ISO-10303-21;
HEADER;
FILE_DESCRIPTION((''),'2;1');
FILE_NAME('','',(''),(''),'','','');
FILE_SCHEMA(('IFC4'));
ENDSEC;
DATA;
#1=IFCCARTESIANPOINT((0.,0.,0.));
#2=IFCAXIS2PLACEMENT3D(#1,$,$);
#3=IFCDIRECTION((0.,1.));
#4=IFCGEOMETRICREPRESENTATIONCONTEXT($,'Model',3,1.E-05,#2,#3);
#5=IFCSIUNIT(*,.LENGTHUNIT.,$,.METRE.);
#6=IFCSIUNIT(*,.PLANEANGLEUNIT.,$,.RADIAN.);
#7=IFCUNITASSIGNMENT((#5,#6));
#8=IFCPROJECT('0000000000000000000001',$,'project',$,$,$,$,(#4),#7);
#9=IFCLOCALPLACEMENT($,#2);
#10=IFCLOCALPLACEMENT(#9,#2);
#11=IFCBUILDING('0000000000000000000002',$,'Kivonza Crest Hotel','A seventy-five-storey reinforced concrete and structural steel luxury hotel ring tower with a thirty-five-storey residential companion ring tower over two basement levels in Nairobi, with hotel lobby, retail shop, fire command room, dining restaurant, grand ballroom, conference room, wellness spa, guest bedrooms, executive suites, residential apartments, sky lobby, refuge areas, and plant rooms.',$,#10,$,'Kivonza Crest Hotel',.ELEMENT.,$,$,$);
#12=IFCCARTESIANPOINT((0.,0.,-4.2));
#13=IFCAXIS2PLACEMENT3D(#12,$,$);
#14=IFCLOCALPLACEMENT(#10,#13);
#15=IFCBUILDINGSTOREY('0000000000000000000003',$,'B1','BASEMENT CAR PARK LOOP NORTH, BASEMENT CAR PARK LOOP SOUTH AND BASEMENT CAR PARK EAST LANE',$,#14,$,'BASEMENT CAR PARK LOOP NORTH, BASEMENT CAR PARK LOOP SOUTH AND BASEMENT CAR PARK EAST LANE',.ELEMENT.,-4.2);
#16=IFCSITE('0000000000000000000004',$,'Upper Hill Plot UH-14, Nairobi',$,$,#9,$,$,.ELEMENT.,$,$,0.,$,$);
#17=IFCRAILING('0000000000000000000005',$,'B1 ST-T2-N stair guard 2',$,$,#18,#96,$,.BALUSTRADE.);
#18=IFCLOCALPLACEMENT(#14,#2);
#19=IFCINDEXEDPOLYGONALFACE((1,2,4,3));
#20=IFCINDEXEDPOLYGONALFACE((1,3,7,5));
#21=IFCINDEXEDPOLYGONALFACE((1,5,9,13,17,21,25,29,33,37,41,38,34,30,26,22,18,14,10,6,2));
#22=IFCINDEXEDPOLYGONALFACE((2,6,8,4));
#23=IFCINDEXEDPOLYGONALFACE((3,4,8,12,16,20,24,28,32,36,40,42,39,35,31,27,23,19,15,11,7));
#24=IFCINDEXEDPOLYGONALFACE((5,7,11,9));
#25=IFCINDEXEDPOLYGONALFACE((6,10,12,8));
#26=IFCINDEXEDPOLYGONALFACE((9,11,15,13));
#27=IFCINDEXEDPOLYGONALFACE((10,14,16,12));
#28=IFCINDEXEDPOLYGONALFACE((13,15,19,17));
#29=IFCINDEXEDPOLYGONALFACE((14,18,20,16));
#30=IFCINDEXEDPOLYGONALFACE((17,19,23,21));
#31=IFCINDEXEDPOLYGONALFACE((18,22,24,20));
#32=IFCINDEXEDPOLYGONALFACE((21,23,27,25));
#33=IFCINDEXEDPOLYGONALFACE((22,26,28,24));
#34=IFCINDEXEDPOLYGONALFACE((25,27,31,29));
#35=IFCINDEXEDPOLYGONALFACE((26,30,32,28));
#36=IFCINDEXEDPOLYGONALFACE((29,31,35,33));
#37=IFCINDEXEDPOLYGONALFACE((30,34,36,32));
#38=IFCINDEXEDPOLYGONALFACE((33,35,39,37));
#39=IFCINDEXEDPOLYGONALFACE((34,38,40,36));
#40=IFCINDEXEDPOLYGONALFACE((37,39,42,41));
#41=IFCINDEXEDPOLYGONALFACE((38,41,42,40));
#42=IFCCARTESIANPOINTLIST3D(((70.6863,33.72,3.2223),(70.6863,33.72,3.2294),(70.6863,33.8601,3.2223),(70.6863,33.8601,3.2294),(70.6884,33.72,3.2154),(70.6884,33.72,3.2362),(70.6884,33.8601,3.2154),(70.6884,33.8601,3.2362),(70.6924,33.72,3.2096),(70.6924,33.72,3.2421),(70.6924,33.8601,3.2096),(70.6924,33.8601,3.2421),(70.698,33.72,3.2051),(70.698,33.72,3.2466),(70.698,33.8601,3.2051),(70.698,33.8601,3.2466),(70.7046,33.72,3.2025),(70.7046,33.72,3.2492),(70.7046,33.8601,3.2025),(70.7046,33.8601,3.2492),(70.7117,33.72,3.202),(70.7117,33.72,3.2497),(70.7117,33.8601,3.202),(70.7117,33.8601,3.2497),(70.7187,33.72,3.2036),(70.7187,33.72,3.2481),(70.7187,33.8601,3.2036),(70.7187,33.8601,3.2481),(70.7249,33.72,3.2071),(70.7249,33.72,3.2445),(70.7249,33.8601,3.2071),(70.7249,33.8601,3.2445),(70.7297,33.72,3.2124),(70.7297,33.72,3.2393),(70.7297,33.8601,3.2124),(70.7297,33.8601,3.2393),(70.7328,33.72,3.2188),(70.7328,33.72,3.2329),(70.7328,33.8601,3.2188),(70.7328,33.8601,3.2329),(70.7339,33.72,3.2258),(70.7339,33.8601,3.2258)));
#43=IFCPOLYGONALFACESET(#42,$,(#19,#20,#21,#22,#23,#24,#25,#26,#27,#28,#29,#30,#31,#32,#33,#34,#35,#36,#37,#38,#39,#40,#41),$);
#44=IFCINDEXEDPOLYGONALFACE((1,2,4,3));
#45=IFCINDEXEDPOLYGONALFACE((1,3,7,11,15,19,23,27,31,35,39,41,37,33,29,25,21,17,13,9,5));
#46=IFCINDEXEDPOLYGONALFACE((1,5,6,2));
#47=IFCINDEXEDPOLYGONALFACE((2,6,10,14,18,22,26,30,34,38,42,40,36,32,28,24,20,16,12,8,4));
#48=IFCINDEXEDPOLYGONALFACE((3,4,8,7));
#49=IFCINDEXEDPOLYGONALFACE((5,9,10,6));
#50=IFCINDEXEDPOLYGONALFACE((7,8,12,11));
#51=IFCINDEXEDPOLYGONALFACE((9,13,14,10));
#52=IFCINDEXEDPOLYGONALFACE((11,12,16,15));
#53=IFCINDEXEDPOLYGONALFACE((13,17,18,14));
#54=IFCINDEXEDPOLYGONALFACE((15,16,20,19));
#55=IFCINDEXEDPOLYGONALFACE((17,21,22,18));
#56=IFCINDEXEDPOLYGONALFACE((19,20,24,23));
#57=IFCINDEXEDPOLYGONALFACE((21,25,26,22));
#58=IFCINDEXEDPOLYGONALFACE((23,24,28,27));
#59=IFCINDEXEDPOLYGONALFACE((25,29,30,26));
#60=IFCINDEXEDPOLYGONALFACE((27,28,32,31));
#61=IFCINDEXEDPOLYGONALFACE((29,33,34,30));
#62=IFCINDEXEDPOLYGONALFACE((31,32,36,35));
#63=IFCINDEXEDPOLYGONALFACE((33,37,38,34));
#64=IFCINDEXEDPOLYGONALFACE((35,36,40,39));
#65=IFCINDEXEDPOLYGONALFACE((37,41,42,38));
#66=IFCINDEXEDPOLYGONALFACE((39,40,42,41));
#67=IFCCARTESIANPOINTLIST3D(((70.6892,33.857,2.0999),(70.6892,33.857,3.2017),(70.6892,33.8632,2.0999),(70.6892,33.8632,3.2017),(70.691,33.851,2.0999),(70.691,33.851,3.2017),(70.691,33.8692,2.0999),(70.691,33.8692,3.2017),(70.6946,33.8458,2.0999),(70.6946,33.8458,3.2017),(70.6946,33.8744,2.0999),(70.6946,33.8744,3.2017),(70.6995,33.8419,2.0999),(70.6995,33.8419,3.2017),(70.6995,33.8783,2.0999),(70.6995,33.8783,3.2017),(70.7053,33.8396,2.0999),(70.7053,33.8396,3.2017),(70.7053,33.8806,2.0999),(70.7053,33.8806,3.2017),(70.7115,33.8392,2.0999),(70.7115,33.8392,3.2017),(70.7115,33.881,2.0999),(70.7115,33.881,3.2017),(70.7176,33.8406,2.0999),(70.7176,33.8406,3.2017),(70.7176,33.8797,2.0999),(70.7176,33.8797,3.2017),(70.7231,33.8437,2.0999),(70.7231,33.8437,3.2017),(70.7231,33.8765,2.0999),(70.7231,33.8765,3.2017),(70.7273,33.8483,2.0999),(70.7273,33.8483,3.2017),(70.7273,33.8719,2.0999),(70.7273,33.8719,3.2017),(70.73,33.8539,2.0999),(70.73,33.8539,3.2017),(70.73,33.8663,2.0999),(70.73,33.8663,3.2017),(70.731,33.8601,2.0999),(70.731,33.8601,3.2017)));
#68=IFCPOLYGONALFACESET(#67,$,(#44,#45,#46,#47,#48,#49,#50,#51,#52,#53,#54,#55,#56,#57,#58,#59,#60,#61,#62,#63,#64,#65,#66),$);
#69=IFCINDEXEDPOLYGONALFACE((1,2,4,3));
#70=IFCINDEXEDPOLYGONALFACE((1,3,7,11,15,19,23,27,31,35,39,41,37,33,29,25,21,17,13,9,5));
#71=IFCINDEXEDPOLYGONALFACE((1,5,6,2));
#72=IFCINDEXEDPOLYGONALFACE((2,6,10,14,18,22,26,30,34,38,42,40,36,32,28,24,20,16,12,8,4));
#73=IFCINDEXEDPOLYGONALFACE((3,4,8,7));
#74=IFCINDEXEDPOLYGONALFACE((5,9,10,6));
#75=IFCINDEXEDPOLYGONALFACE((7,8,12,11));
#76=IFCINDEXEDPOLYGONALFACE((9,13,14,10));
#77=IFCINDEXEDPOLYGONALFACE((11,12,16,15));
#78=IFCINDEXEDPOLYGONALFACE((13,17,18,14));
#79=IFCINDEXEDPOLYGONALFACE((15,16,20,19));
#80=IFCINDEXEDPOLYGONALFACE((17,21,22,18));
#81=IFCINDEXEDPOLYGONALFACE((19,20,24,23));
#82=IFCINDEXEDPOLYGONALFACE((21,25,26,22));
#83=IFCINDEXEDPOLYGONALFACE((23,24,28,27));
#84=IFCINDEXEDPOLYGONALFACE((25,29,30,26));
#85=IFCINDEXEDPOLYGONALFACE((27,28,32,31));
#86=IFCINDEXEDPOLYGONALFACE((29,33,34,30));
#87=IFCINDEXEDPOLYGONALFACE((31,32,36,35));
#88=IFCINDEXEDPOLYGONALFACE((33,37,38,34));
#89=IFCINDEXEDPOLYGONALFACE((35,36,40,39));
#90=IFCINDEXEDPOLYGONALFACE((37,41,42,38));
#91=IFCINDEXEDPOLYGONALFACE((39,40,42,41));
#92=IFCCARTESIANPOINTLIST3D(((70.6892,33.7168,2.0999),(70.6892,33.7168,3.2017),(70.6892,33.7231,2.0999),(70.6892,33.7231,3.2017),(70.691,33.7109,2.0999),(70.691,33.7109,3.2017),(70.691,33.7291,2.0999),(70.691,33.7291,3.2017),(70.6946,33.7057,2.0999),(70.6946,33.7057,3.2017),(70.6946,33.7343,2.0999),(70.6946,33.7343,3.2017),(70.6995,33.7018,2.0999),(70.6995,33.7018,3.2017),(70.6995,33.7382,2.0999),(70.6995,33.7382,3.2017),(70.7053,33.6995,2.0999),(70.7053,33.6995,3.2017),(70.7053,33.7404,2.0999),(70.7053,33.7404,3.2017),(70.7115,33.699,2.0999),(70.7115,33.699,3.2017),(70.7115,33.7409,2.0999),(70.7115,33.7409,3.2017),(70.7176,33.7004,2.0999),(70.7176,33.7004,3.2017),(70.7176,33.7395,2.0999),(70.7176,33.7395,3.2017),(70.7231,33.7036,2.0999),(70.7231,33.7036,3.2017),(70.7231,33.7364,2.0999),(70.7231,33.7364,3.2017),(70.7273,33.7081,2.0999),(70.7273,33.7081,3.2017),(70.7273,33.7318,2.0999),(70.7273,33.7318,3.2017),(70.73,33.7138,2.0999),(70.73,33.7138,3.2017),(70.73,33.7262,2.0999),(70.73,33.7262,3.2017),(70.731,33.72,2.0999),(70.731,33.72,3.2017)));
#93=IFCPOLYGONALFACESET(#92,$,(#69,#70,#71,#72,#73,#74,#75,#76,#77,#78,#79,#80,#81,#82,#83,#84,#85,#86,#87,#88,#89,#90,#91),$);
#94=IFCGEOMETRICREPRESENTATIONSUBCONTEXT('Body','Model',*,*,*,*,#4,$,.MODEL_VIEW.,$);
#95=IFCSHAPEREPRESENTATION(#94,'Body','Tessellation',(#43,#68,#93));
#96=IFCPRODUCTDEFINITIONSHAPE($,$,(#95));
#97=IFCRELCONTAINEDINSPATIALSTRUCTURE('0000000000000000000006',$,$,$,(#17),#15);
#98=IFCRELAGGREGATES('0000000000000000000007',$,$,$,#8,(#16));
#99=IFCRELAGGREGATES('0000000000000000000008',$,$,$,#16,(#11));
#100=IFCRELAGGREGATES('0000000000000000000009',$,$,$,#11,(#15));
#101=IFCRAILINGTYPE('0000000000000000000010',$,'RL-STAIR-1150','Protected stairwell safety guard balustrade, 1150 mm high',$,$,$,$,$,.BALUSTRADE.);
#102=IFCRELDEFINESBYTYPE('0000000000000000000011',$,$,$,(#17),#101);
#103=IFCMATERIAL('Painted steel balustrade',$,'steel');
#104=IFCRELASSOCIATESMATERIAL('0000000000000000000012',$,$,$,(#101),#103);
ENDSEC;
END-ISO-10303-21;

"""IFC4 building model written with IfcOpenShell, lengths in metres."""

from ifc_helpers import new_model, si_unit, direction, frame, origin, origin_2d, place, context, subcontext, project, spatial, circle, extrude, material, type_object, element, save


model = new_model("IFC4")

# Units and contexts
model_context = context("Model", 3, precision=1e-05, world=origin(), true_north=direction((0.0, 1.0)))
body_context = subcontext(model_context, "Body", "Model", "MODEL_VIEW")
ifc_project = project(units=[si_unit("LENGTHUNIT", "METRE"), si_unit("PLANEANGLEUNIT", "RADIAN")], contexts=[model_context])

# Site, building, storey
site_placement = place(None, origin())
site = spatial("IfcSite", under=ifc_project, at=site_placement, Name="Upper Hill Plot UH-14, Nairobi", CompositionType="ELEMENT", RefElevation=0.0)
building_placement = place(site_placement, origin())
building = spatial("IfcBuilding", under=site, at=building_placement, Name="Kivonza Crest Hotel", Description="A seventy-five-storey reinforced concrete and structural steel luxury hotel ring tower with a thirty-five-storey residential companion ring tower over two basement levels in Nairobi, with hotel lobby, retail shop, fire command room, dining restaurant, grand ballroom, conference room, wellness spa, guest bedrooms, executive suites, residential apartments, sky lobby, refuge areas, and plant rooms.", LongName="Kivonza Crest Hotel", CompositionType="ELEMENT")
storey_placement = place(building_placement, frame((0.0, 0.0, -4.2)))
storey = spatial("IfcBuildingStorey", under=building, at=storey_placement, Name="B1", Description="BASEMENT CAR PARK LOOP NORTH, BASEMENT CAR PARK LOOP SOUTH AND BASEMENT CAR PARK EAST LANE", LongName="BASEMENT CAR PARK LOOP NORTH, BASEMENT CAR PARK LOOP SOUTH AND BASEMENT CAR PARK EAST LANE", CompositionType="ELEMENT", Elevation=-4.2)

# Railing
ifc_material_1 = material(Name="Painted steel balustrade", Category="steel")
railing_type_1 = type_object("IfcRailingType", Name="RL-STAIR-1150", Description="Protected stairwell safety guard balustrade, 1150 mm high", PredefinedType="BALUSTRADE", material=ifc_material_1)
railing_1_placement = place(storey_placement, frame((70.71, 33.8601, 2.0999)))
element("IfcRailing", 1, at=railing_1_placement, inside=storey, type_object=railing_type_1, Name="B1 ST-T2-N stair guard 2", PredefinedType="BALUSTRADE", context=body_context, shape_type="SweptSolid", body=[
    extrude(circle(Radius=0.0239, at=origin_2d()), frame((0.0, 0.0, 1.126), z_axis=(0.0, -1.0, 0.0), x_axis=(1.0, 0.0, 0.0)), (0.0, 0.0, 1.0), 0.1401),
    extrude(circle(Radius=0.021, at=origin_2d()), origin(), (0.0, 0.0, 1.0), 1.1018),
    extrude(circle(Radius=0.021, at=origin_2d()), frame((0.0, -0.1401, 0.0)), (0.0, 0.0, 1.0), 1.1018),
])

save(model, "model.ifc")
